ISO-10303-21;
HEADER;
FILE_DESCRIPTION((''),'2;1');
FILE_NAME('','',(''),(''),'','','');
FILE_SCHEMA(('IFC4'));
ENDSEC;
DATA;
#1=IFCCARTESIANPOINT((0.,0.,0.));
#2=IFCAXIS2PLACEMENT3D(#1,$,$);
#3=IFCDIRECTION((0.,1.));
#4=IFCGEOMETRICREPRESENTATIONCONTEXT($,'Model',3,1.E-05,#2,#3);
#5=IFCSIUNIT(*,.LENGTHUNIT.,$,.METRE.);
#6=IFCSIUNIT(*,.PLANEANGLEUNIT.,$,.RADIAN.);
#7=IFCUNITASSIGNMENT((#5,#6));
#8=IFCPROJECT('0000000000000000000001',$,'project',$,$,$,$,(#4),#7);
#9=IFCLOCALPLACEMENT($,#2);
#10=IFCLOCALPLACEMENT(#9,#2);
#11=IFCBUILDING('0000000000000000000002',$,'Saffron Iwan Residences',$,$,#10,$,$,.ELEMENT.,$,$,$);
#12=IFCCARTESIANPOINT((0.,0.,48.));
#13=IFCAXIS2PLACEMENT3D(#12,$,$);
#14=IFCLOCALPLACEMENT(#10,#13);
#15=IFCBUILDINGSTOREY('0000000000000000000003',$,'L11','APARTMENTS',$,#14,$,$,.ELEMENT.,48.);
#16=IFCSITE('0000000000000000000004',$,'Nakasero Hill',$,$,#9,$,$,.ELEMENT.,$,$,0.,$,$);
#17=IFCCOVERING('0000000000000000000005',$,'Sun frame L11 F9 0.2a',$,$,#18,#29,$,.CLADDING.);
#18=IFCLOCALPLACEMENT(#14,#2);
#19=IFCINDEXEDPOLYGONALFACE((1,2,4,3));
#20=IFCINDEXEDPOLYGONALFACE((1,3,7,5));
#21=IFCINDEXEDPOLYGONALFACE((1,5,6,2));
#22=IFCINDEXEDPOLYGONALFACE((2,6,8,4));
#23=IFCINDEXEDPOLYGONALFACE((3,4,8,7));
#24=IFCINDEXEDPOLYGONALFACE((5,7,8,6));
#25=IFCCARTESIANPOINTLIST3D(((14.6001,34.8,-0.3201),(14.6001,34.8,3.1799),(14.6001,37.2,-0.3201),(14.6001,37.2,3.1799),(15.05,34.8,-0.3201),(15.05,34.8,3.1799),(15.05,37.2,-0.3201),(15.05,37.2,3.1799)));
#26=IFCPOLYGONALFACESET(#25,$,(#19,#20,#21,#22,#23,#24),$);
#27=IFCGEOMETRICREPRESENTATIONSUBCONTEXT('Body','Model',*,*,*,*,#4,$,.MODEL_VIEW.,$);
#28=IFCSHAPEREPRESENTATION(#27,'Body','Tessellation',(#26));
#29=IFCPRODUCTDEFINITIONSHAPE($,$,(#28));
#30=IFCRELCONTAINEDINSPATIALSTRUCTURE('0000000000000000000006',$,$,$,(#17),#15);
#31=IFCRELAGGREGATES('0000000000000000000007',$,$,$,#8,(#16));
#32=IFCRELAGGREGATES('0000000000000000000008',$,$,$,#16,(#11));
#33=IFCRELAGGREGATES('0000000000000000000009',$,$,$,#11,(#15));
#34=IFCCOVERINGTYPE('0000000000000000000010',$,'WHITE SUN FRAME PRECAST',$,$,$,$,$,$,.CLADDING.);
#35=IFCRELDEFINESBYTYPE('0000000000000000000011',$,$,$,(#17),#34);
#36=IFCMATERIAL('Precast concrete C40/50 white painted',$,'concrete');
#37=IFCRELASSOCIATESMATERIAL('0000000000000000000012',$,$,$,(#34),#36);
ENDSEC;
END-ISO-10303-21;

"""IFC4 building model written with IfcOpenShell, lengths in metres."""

from ifc_helpers import new_model, si_unit, direction, frame, origin, place, context, subcontext, project, spatial, polyline, outline, extrude, material, type_object, element, save


model = new_model("IFC4")

# Units and contexts
model_context = context("Model", 3, precision=1e-05, world=origin(), true_north=direction((0.0, 1.0)))
body_context = subcontext(model_context, "Body", "Model", "MODEL_VIEW")
ifc_project = project(units=[si_unit("LENGTHUNIT", "METRE"), si_unit("PLANEANGLEUNIT", "RADIAN")], contexts=[model_context])

# Site, building, storey
site_placement = place(None, origin())
site = spatial("IfcSite", under=ifc_project, at=site_placement, Name="Nakasero Hill", CompositionType="ELEMENT", RefElevation=0.0)
building_placement = place(site_placement, origin())
building = spatial("IfcBuilding", under=site, at=building_placement, Name="Saffron Iwan Residences", CompositionType="ELEMENT")
storey_placement = place(building_placement, frame((0.0, 0.0, 48.0)))
storey = spatial("IfcBuildingStorey", under=building, at=storey_placement, Name="L11", Description="APARTMENTS", CompositionType="ELEMENT", Elevation=48.0)

# Covering
ifc_material_1 = material(Name="Precast concrete C40/50 white painted", Category="concrete")
covering_type_1 = type_object("IfcCoveringType", Name="WHITE SUN FRAME PRECAST", PredefinedType="CLADDING", material=ifc_material_1)
covering_1_placement = place(storey_placement, frame((14.6001, 37.2, -0.3201), z_axis=(0.0, -1.0, 0.0), x_axis=(1.0, 0.0, 0.0)))
element("IfcCovering", 1, at=covering_1_placement, inside=storey, type_object=covering_type_1, Name="Sun frame L11 F9 0.2a", PredefinedType="CLADDING", context=body_context, shape_type="SweptSolid", body=[
    extrude(outline(polyline([(0.0, 0.0), (0.45, 0.0), (0.45, 3.5), (0.0, 3.5), (0.0, 0.0)])), origin(), (0.0, 0.0, 1.0), 2.3999),
])

save(model, "model.ifc")
